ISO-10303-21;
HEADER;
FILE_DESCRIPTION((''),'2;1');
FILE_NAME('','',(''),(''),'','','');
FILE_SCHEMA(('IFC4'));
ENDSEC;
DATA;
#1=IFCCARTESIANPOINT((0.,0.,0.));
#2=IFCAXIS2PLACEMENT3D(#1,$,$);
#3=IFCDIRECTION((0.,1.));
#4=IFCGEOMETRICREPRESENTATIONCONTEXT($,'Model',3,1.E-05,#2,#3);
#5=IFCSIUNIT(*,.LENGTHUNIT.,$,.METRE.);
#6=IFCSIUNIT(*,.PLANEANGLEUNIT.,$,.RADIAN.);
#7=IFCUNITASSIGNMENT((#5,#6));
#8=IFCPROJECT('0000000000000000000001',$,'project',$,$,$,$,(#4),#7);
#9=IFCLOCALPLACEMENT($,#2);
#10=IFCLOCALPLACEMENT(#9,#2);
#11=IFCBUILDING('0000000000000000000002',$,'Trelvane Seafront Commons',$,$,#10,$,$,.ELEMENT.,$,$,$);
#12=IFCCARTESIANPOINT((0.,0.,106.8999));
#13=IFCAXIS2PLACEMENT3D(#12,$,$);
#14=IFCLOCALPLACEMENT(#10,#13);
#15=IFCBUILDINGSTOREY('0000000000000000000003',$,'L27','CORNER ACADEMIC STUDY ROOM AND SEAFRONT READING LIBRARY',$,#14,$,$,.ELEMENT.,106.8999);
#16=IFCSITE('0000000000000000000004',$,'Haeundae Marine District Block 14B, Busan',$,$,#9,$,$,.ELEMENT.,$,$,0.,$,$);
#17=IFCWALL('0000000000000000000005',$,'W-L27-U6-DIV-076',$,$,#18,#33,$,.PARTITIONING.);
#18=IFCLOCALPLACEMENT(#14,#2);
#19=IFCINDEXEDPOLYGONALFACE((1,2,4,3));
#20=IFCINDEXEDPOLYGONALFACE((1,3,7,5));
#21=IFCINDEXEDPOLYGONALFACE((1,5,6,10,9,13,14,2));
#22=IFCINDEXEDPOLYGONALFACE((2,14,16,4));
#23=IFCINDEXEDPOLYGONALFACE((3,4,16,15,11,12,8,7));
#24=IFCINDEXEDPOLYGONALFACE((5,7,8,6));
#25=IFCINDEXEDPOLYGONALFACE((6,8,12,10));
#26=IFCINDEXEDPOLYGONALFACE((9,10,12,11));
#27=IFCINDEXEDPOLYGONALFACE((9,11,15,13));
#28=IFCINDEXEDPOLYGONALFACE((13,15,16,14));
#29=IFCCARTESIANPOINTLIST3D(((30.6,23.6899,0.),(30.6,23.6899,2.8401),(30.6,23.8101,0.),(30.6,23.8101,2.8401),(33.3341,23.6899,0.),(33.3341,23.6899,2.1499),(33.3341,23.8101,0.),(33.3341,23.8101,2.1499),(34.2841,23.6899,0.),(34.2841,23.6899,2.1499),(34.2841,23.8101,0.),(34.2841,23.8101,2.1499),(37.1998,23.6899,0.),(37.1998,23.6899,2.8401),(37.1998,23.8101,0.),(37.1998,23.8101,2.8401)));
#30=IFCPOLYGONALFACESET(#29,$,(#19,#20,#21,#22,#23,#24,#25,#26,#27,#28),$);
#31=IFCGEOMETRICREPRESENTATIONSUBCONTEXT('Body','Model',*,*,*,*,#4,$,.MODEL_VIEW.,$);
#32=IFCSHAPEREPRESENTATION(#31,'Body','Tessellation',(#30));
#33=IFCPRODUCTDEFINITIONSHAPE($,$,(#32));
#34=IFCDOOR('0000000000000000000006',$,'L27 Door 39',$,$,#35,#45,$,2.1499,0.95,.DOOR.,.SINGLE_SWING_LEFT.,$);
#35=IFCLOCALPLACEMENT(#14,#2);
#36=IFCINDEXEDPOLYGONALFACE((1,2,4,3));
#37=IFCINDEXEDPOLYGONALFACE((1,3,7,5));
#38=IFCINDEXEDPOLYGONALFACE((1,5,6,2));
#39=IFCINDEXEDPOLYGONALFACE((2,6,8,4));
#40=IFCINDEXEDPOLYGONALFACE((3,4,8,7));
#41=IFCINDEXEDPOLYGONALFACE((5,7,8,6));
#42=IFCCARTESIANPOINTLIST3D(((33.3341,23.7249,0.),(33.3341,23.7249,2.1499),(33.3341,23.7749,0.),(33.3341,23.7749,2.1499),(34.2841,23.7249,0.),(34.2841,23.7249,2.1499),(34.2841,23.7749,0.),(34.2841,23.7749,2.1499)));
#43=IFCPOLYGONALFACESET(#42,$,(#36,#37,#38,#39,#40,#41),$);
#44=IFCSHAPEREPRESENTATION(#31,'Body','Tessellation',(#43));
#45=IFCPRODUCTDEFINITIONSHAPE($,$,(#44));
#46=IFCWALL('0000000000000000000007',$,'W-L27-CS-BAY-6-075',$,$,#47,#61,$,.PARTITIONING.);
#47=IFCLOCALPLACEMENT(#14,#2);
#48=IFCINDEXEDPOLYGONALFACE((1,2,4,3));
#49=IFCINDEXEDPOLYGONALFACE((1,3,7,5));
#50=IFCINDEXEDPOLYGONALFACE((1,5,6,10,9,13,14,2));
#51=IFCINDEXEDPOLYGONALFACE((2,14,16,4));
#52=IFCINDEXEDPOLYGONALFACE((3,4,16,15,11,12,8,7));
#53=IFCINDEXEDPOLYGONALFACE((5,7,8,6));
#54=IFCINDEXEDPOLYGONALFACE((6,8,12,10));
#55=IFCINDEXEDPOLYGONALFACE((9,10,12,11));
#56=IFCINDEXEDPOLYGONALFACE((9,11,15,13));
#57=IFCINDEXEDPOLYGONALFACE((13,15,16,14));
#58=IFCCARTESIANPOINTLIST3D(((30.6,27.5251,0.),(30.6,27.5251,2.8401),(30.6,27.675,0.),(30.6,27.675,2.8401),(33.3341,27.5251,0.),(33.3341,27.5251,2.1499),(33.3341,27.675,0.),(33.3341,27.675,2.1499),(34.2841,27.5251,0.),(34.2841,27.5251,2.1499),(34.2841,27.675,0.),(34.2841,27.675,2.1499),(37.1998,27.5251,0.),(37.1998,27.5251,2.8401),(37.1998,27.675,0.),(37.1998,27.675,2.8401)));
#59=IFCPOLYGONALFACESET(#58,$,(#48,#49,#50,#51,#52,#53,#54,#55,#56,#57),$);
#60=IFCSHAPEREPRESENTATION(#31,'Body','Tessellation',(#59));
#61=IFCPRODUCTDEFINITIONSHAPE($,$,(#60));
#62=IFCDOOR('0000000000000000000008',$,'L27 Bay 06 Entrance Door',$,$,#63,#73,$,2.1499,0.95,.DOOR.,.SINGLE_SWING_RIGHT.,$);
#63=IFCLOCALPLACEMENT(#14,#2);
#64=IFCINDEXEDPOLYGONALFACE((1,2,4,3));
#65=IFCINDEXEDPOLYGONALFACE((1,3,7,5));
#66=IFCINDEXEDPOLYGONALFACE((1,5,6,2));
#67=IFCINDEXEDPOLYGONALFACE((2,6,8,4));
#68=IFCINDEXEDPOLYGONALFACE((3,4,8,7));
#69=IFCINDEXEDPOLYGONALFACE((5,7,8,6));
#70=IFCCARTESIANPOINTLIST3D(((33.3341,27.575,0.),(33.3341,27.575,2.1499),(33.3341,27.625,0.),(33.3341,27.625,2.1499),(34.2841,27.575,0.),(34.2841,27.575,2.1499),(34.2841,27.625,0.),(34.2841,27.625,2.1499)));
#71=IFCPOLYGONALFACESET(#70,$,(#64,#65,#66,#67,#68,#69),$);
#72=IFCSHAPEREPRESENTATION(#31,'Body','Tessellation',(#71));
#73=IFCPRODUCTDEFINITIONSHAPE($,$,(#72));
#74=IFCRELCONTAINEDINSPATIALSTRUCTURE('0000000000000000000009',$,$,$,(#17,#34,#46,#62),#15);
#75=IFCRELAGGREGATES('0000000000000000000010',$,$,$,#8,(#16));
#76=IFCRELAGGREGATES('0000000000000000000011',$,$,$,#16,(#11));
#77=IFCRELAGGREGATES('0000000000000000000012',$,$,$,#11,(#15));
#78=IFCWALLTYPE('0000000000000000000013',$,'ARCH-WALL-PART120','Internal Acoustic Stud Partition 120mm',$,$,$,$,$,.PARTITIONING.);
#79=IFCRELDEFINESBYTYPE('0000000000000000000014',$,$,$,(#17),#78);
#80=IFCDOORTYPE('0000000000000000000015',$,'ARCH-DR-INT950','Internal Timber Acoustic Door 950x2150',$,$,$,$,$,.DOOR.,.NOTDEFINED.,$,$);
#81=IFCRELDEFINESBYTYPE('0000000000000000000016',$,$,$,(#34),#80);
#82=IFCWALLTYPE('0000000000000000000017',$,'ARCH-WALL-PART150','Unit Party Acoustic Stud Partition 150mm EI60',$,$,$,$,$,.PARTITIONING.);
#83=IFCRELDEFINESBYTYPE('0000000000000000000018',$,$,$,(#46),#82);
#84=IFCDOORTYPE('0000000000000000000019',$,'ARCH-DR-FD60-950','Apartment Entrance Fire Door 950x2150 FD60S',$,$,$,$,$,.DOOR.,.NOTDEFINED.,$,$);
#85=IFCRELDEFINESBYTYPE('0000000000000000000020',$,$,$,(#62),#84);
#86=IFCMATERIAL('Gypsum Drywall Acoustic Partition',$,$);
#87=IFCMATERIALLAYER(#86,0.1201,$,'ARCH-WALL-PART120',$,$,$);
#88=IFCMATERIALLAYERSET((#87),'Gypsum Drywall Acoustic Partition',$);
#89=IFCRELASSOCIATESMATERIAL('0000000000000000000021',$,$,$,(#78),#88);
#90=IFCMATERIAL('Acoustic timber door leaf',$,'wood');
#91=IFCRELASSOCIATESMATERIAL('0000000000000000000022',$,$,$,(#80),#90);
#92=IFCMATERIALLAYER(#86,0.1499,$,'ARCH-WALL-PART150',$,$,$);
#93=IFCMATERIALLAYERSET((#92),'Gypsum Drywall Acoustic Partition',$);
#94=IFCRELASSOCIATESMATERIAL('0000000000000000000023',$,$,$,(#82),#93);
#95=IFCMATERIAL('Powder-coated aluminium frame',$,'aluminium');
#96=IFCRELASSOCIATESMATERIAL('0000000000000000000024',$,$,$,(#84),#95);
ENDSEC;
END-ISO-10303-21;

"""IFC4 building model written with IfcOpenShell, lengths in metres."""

from ifc_helpers import new_model, si_unit, direction, frame, frame_2d, origin, place, context, subcontext, project, spatial, rectangle, extrude, source, transform, mapped, material, layer, layer_set, type_object, element, fill, save


model = new_model("IFC4")

# Units and contexts
model_context = context("Model", 3, precision=1e-05, world=origin(), true_north=direction((0.0, 1.0)))
body_context = subcontext(model_context, "Body", "Model", "MODEL_VIEW")
ifc_project = project(units=[si_unit("LENGTHUNIT", "METRE"), si_unit("PLANEANGLEUNIT", "RADIAN")], contexts=[model_context])

# Site, building, storey
site_placement = place(None, origin())
site = spatial("IfcSite", under=ifc_project, at=site_placement, Name="Haeundae Marine District Block 14B, Busan", CompositionType="ELEMENT", RefElevation=0.0)
building_placement = place(site_placement, origin())
building = spatial("IfcBuilding", under=site, at=building_placement, Name="Trelvane Seafront Commons", CompositionType="ELEMENT")
storey_placement = place(building_placement, frame((0.0, 0.0, 106.8999)))
storey = spatial("IfcBuildingStorey", under=building, at=storey_placement, Name="L27", Description="CORNER ACADEMIC STUDY ROOM AND SEAFRONT READING LIBRARY", CompositionType="ELEMENT", Elevation=106.8999)

# Shared definitions
ifc_material_1 = material(Name="Gypsum Drywall Acoustic Partition")
ifc_layer_1 = layer(ifc_material_1, 0.1201, Name="ARCH-WALL-PART120")
ifc_layer_set_1 = layer_set([ifc_layer_1], Name="Gypsum Drywall Acoustic Partition")
wall_type_1 = type_object("IfcWallType", Name="ARCH-WALL-PART120", Description="Internal Acoustic Stud Partition 120mm", PredefinedType="PARTITIONING", material=ifc_layer_set_1)

# Walls, openings, doors
ifc_material_2 = material(Name="Acoustic timber door leaf", Category="wood")
door_type_1 = type_object("IfcDoorType", Name="ARCH-DR-INT950", Description="Internal Timber Acoustic Door 950x2150", OperationType="NOTDEFINED", PredefinedType="DOOR", material=ifc_material_2)
shared_shape_1 = source(origin(), body_context, "Body", "SweptSolid", [
    extrude(rectangle(XDim=0.95, YDim=2.1499, at=frame_2d((0.4751, 1.075))), frame((0.0, 0.0249, 0.0), z_axis=(0.0, -1.0, 0.0), x_axis=(1.0, 0.0, 0.0)), (0.0, 0.0, 1.0), 0.05),
])
wall_1_placement = place(storey_placement, frame((30.6001, 23.75, 0.0), z_axis=(0.0, 0.0, 1.0), x_axis=(1.0, 0.0, 0.0)))
wall_1 = element("IfcWall", 1, at=wall_1_placement, inside=storey, type_object=wall_type_1, Name="W-L27-U6-DIV-076", PredefinedType="PARTITIONING", context=body_context, shape_type="SweptSolid", body=[
    extrude(rectangle(XDim=6.5999, YDim=0.1201, at=frame_2d((3.2998, 0.0))), origin(), (0.0, 0.0, 1.0), 2.8401),
])
opening_1_placement = place(wall_1_placement, frame((2.7339, 0.0, 0.0)))
opening_1 = element("IfcOpeningElement", 2, at=opening_1_placement, cuts=wall_1, PredefinedType="OPENING", context=body_context, shape_type="SweptSolid", body=[
    extrude(rectangle(XDim=0.95, YDim=2.1499, at=frame_2d((0.4751, 1.075))), frame((0.0, 0.0701, 0.0), z_axis=(0.0, -1.0, 0.0), x_axis=(1.0, 0.0, 0.0)), (0.0, 0.0, 1.0), 0.1401),
])
door_1_placement = place(opening_1_placement, origin())
door_1 = element("IfcDoor", 3, at=door_1_placement, inside=storey, type_object=door_type_1, Name="L27 Door 39", OperationType="SINGLE_SWING_LEFT", OverallHeight=2.1499, OverallWidth=0.95, PredefinedType="DOOR", context=body_context, shape_type="MappedRepresentation", body=[
    mapped(shared_shape_1, transform((0.0, 0.0, 0.0), x_axis=(1.0, 0.0, 0.0), y_axis=(0.0, 1.0, 0.0), z_axis=(0.0, 0.0, 1.0), scale=1.0)),
])
fill(opening_1, door_1)
ifc_layer_2 = layer(ifc_material_1, 0.1499, Name="ARCH-WALL-PART150")
ifc_layer_set_2 = layer_set([ifc_layer_2], Name="Gypsum Drywall Acoustic Partition")
wall_type_2 = type_object("IfcWallType", Name="ARCH-WALL-PART150", Description="Unit Party Acoustic Stud Partition 150mm EI60", PredefinedType="PARTITIONING", material=ifc_layer_set_2)
ifc_material_3 = material(Name="Powder-coated aluminium frame", Category="aluminium")
door_type_2 = type_object("IfcDoorType", Name="ARCH-DR-FD60-950", Description="Apartment Entrance Fire Door 950x2150 FD60S", OperationType="NOTDEFINED", PredefinedType="DOOR", material=ifc_material_3)
wall_2_placement = place(storey_placement, frame((30.6001, 27.6001, 0.0), z_axis=(0.0, 0.0, 1.0), x_axis=(1.0, 0.0, 0.0)))
wall_2 = element("IfcWall", 4, at=wall_2_placement, inside=storey, type_object=wall_type_2, Name="W-L27-CS-BAY-6-075", PredefinedType="PARTITIONING", context=body_context, shape_type="SweptSolid", body=[
    extrude(rectangle(XDim=6.5999, YDim=0.1499, at=frame_2d((3.2998, 0.0))), origin(), (0.0, 0.0, 1.0), 2.8401),
])
opening_2_placement = place(wall_2_placement, frame((2.7339, 0.0, 0.0)))
opening_2 = element("IfcOpeningElement", 5, at=opening_2_placement, cuts=wall_2, PredefinedType="OPENING", context=body_context, shape_type="SweptSolid", body=[
    extrude(rectangle(XDim=0.95, YDim=2.1499, at=frame_2d((0.4751, 1.075))), frame((0.0, 0.085, 0.0), z_axis=(0.0, -1.0, 0.0), x_axis=(1.0, 0.0, 0.0)), (0.0, 0.0, 1.0), 0.1699),
])
door_2_placement = place(opening_2_placement, origin())
door_2 = element("IfcDoor", 6, at=door_2_placement, inside=storey, type_object=door_type_2, Name="L27 Bay 06 Entrance Door", OperationType="SINGLE_SWING_RIGHT", OverallHeight=2.1499, OverallWidth=0.95, PredefinedType="DOOR", context=body_context, shape_type="MappedRepresentation", body=[
    mapped(shared_shape_1, transform((0.0, 0.0, 0.0), x_axis=(1.0, 0.0, 0.0), y_axis=(0.0, 1.0, 0.0), z_axis=(0.0, 0.0, 1.0), scale=1.0)),
])
fill(opening_2, door_2)

save(model, "model.ifc")
